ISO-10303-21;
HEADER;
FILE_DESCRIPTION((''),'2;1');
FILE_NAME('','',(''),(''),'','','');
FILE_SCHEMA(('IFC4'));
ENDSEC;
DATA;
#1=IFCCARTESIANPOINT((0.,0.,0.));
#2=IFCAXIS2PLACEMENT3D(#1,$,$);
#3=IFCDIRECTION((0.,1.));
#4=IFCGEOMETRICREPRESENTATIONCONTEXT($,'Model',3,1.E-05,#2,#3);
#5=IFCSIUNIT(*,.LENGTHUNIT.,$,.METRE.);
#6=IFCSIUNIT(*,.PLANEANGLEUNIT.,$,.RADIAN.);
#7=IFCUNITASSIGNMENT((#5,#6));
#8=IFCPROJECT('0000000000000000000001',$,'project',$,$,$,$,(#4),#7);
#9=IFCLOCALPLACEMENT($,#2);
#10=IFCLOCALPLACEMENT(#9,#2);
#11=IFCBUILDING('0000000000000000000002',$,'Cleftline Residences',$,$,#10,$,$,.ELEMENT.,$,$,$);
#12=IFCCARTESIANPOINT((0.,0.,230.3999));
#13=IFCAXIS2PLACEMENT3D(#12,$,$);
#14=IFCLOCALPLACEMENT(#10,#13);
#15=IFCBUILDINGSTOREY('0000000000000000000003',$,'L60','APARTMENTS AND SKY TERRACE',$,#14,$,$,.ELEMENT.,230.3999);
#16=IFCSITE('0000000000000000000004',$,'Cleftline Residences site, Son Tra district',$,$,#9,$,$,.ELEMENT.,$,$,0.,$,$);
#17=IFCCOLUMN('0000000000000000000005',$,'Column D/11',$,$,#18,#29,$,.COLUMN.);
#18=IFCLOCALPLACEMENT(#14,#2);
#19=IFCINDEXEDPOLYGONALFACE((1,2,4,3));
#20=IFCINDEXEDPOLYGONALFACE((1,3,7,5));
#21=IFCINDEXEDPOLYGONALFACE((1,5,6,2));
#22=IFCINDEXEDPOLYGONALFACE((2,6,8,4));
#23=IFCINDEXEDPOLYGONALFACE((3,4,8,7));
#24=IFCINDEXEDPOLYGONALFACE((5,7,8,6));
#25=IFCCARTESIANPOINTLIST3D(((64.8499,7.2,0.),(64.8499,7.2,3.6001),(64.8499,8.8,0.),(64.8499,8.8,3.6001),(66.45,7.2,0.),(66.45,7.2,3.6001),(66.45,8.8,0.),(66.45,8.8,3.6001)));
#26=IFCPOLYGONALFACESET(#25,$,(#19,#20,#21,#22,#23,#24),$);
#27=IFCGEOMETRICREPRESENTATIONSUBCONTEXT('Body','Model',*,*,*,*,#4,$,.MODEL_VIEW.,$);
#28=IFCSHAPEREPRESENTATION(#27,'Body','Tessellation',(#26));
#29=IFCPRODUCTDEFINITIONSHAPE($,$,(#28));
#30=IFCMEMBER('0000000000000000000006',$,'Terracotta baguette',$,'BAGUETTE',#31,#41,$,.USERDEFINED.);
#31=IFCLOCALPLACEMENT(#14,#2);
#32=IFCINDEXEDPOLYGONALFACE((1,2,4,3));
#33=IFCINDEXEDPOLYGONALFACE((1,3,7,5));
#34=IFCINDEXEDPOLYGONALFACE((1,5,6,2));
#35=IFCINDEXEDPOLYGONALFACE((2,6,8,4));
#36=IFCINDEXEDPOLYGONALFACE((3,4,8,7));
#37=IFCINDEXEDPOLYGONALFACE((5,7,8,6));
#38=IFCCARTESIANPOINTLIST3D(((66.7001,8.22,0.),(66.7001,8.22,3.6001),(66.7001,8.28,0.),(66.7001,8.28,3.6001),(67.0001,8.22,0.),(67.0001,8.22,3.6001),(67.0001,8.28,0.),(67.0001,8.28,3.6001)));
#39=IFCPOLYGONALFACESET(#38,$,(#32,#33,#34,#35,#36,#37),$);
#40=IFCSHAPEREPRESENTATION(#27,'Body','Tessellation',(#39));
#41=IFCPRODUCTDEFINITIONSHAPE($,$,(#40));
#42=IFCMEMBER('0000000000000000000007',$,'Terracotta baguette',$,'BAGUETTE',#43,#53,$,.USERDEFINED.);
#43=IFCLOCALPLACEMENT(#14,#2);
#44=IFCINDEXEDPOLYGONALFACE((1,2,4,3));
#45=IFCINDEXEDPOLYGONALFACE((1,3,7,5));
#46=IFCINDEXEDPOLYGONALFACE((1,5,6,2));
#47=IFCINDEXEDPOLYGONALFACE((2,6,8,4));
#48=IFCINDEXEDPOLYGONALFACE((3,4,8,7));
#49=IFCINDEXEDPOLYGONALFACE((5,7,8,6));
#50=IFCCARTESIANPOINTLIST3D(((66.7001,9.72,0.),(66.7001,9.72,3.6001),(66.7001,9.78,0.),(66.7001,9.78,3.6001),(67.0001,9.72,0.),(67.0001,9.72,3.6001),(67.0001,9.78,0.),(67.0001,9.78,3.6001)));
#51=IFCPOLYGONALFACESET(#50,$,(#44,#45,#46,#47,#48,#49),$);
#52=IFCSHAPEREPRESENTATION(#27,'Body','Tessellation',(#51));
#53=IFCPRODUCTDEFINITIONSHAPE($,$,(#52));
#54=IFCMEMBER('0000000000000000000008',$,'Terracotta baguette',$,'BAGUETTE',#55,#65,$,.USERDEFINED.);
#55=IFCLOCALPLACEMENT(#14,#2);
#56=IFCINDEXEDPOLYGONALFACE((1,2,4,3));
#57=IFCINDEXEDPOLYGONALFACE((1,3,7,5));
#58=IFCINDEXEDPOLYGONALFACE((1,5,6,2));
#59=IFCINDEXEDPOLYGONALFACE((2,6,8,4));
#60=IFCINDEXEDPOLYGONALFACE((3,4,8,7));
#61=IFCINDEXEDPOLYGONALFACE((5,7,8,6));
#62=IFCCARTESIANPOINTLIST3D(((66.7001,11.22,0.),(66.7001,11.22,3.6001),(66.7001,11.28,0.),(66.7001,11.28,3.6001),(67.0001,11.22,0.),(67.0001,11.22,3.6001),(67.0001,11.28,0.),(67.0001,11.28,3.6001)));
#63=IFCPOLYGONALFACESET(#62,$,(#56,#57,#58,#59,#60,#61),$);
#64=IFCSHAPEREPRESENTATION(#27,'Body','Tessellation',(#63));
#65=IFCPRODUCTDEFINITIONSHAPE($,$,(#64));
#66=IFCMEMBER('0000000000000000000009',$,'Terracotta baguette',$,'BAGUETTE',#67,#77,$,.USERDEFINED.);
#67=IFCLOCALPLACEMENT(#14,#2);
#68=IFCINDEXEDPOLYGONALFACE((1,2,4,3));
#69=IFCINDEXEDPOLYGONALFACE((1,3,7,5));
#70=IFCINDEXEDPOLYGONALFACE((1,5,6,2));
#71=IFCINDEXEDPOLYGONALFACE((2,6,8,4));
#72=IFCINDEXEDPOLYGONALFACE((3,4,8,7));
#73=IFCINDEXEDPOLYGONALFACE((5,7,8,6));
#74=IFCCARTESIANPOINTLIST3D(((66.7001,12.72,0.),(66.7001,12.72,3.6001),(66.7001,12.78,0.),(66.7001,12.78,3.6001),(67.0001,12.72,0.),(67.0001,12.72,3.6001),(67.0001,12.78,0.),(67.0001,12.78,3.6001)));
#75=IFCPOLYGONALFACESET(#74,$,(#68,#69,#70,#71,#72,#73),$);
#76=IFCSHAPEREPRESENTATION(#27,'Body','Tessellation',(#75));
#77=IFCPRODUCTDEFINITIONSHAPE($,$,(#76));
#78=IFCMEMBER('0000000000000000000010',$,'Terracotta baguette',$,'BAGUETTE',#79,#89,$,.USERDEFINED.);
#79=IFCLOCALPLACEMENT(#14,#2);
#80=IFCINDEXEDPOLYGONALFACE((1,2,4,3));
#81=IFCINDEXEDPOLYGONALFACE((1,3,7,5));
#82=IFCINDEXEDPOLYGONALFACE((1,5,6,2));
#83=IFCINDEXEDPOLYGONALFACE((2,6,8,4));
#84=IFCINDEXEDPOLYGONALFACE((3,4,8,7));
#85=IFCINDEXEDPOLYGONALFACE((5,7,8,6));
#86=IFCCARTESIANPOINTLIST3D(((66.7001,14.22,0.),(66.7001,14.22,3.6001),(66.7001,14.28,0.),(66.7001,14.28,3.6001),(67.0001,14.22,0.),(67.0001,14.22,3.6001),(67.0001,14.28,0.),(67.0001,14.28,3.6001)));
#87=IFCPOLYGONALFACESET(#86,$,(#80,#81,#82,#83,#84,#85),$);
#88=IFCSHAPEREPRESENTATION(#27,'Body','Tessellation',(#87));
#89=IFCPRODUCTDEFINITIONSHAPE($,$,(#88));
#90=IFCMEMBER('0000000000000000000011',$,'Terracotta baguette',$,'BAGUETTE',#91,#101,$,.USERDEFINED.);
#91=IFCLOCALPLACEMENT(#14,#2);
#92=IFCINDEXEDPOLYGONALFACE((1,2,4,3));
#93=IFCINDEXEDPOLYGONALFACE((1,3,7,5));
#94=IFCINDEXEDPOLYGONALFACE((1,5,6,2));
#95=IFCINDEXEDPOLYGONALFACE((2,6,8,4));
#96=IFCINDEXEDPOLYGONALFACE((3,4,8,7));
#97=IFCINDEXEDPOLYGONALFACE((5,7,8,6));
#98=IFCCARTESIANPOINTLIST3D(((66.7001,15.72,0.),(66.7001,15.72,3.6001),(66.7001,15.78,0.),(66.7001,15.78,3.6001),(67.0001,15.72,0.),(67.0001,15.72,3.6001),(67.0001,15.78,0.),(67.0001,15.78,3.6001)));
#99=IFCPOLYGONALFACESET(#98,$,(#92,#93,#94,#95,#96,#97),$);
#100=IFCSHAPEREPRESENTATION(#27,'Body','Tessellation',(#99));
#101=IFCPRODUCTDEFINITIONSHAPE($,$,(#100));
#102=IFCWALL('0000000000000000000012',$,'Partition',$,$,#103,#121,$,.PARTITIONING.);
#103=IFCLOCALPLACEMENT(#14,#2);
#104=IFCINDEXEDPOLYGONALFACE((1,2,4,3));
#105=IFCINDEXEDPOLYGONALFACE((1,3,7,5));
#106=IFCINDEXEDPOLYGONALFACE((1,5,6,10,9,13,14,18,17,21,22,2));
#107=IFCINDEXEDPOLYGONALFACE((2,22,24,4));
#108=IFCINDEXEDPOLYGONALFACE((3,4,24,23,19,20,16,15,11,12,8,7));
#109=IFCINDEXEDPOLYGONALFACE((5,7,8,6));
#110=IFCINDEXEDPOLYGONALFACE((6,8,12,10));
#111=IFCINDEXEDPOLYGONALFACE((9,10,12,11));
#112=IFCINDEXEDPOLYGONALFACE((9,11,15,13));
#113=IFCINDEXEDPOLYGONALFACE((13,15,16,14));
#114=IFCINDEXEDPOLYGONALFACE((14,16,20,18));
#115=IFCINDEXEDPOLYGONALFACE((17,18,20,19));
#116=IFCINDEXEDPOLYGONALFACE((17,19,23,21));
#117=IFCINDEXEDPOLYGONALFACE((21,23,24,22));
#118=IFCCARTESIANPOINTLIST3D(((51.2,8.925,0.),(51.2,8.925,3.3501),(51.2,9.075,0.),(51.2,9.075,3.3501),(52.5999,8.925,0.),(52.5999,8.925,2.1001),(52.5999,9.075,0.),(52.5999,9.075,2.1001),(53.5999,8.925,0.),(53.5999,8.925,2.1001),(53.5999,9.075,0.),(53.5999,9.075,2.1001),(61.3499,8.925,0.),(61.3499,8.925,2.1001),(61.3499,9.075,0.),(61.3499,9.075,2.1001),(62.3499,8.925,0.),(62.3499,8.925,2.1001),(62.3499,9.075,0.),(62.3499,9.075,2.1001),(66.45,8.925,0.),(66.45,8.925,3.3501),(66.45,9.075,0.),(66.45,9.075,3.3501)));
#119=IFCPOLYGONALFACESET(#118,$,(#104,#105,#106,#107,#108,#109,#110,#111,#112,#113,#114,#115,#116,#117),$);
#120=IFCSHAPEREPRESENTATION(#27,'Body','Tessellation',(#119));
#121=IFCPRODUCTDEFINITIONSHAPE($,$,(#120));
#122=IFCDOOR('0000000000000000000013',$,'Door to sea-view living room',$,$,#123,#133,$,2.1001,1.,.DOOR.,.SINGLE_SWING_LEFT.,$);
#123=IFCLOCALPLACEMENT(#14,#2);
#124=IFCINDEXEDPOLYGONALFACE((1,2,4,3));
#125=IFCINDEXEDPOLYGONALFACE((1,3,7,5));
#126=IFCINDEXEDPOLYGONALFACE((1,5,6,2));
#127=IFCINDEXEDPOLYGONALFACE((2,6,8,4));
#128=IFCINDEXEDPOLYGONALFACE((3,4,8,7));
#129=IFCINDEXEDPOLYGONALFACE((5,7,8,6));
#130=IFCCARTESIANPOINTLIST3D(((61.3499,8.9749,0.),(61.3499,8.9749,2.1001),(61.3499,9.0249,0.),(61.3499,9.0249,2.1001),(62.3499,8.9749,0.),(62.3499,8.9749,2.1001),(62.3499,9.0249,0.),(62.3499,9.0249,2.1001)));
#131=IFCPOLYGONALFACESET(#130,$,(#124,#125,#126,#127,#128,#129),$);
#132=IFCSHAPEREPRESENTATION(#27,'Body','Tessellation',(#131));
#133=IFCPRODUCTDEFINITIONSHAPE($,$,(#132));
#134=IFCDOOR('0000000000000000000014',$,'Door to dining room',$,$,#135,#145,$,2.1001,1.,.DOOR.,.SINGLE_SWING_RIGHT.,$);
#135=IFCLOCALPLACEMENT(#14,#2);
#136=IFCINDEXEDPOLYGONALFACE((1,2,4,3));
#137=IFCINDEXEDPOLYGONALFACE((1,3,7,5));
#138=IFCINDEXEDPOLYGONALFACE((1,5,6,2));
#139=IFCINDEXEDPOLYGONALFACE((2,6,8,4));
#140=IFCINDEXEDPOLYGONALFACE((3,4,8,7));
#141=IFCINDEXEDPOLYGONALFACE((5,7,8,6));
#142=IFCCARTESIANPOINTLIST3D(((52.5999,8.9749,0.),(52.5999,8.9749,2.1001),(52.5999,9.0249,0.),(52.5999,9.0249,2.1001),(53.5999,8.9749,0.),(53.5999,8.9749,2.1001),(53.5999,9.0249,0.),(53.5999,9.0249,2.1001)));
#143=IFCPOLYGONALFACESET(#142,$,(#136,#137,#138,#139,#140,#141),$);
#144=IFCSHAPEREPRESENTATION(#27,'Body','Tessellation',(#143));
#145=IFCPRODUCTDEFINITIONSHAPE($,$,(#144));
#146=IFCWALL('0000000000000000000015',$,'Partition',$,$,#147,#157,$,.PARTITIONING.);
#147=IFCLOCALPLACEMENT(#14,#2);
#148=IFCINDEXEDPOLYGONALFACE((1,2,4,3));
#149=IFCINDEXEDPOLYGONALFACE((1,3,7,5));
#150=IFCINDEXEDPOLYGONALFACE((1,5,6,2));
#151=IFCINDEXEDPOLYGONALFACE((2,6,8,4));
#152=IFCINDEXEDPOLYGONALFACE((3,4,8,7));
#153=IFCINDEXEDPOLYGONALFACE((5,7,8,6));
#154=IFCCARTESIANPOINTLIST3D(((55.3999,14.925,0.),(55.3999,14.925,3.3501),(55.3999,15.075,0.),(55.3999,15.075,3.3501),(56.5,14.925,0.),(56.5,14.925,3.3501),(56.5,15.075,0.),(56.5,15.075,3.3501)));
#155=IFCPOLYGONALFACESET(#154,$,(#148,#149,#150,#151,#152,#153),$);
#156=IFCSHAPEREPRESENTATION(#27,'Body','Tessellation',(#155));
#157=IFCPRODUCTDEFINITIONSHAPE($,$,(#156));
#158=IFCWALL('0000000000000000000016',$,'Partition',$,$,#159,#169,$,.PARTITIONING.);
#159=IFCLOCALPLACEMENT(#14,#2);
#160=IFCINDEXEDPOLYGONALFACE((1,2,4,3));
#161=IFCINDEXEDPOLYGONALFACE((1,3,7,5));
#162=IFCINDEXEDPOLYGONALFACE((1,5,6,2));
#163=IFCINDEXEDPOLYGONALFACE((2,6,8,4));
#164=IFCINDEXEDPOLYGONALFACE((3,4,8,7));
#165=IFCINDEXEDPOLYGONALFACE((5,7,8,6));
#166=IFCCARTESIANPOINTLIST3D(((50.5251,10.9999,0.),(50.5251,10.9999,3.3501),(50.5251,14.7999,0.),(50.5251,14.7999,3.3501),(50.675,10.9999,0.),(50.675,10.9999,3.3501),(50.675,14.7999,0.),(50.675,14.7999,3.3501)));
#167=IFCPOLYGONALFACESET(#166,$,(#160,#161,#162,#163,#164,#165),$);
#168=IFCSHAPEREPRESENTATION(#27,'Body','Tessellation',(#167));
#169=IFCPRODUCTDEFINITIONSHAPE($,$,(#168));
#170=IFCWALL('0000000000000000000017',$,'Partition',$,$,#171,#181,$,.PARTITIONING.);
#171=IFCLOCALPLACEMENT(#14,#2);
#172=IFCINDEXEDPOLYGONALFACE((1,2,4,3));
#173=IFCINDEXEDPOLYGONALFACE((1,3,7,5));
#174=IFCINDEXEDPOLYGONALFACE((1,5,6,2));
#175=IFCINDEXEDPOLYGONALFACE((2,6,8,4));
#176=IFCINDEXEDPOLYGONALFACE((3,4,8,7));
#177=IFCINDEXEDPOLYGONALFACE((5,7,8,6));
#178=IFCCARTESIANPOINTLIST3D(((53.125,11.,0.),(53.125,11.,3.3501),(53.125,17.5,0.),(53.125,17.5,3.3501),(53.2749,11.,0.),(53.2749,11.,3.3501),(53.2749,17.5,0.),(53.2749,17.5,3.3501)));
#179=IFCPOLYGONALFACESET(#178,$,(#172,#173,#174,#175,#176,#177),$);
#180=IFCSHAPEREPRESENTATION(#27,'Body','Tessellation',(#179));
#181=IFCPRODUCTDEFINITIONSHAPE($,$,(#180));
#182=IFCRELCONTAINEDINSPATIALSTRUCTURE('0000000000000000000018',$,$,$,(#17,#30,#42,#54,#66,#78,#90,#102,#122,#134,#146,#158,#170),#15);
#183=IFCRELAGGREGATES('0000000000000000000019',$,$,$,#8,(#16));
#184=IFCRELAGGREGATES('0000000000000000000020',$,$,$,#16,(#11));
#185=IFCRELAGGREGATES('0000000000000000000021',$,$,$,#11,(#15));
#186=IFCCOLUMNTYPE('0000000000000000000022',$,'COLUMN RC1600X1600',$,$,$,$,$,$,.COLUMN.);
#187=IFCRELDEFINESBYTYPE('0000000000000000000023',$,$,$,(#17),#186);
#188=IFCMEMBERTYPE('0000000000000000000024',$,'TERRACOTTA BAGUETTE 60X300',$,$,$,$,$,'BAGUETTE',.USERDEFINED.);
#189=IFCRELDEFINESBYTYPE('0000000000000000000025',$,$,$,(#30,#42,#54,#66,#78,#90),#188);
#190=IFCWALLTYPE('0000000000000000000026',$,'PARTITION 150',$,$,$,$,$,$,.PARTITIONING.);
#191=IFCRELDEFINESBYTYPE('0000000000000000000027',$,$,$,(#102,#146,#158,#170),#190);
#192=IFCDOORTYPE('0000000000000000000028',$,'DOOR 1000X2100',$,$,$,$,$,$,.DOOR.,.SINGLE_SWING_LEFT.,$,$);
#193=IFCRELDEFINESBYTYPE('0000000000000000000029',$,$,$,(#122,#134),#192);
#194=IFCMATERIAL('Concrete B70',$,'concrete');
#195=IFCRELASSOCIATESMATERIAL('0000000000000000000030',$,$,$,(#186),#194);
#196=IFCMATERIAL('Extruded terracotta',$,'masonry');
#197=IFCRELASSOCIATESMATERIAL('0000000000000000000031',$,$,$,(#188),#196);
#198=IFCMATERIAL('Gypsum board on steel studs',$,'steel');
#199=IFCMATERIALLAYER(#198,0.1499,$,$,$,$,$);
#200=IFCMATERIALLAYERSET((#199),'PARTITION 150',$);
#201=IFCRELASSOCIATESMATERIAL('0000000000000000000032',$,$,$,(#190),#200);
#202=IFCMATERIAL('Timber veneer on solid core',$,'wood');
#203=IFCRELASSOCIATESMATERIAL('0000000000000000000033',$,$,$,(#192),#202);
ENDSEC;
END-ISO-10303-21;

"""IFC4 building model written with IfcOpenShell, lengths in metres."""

from ifc_helpers import new_model, si_unit, direction, frame, frame_2d, origin, origin_2d, place, context, subcontext, project, spatial, rectangle, extrude, material, layer, layer_set, material_profile, profile_set, type_object, element, fill, save


model = new_model("IFC4")

# Units and contexts
model_context = context("Model", 3, precision=1e-05, world=origin(), true_north=direction((0.0, 1.0)))
body_context = subcontext(model_context, "Body", "Model", "MODEL_VIEW")
ifc_project = project(units=[si_unit("LENGTHUNIT", "METRE"), si_unit("PLANEANGLEUNIT", "RADIAN")], contexts=[model_context])

# Site, building, storey
site_placement = place(None, origin())
site = spatial("IfcSite", under=ifc_project, at=site_placement, Name="Cleftline Residences site, Son Tra district", CompositionType="ELEMENT", RefElevation=0.0)
building_placement = place(site_placement, origin())
building = spatial("IfcBuilding", under=site, at=building_placement, Name="Cleftline Residences", CompositionType="ELEMENT")
storey_placement = place(building_placement, frame((0.0, 0.0, 230.3999)))
storey = spatial("IfcBuildingStorey", under=building, at=storey_placement, Name="L60", Description="APARTMENTS AND SKY TERRACE", CompositionType="ELEMENT", Elevation=230.3999)

# Column
ifc_material_1 = material(Name="Concrete B70", Category="concrete")
ifc_material_profile_1 = material_profile(ifc_material_1, rectangle(XDim=1.6001, YDim=1.6001, at=origin_2d()))
ifc_profile_set_1 = profile_set([ifc_material_profile_1], Name="Concrete B70")
column_type = type_object("IfcColumnType", Name="COLUMN RC1600X1600", PredefinedType="COLUMN", material=ifc_profile_set_1)
column_placement = place(storey_placement, frame((65.6499, 8.0, 0.0), z_axis=(0.0, 0.0, 1.0), x_axis=(1.0, 0.0, 0.0)))
element("IfcColumn", 1, at=column_placement, inside=storey, type_object=column_type, Name="Column D/11", PredefinedType="COLUMN", context=body_context, shape_type="SweptSolid", body=[
    extrude(rectangle(XDim=1.6001, YDim=1.6001, at=origin_2d()), origin(), (0.0, 0.0, 1.0), 3.6001),
])

# Members
ifc_material_2 = material(Name="Extruded terracotta", Category="masonry")
ifc_material_profile_2 = material_profile(ifc_material_2, rectangle(XDim=0.0601, YDim=0.3, at=origin_2d()))
ifc_profile_set_2 = profile_set([ifc_material_profile_2], Name="Extruded terracotta")
member_type = type_object("IfcMemberType", Name="TERRACOTTA BAGUETTE 60X300", ElementType="BAGUETTE", PredefinedType="USERDEFINED", material=ifc_profile_set_2)
for number, where, z_axis, x_axis, name in (
    (2, (66.8501, 8.25, 0.0), (0.0, 0.0, 1.0), (0.0, 1.0, 0.0), "Terracotta baguette"),
    (3, (66.8501, 9.75, 0.0), (0.0, 0.0, 1.0), (0.0, 1.0, 0.0), "Terracotta baguette"),
    (4, (66.8501, 11.25, 0.0), (0.0, 0.0, 1.0), (0.0, 1.0, 0.0), "Terracotta baguette"),
    (5, (66.8501, 12.75, 0.0), (0.0, 0.0, 1.0), (0.0, 1.0, 0.0), "Terracotta baguette"),
    (6, (66.8501, 14.25, 0.0), (0.0, 0.0, 1.0), (0.0, 1.0, 0.0), "Terracotta baguette"),
    (7, (66.8501, 15.75, 0.0), (0.0, 0.0, 1.0), (0.0, 1.0, 0.0), "Terracotta baguette"),
):
    element("IfcMember", number, at=place(storey_placement, frame(where, z_axis=z_axis, x_axis=x_axis)), inside=storey, type_object=member_type, Name=name, ObjectType="BAGUETTE", PredefinedType="USERDEFINED", context=body_context, shape_type="SweptSolid", body=[
        extrude(rectangle(XDim=0.0601, YDim=0.3, at=origin_2d()), origin(), (0.0, 0.0, 1.0), 3.6001),
    ])

# Wall, openings, doors
ifc_material_3 = material(Name="Gypsum board on steel studs", Category="steel")
ifc_layer = layer(ifc_material_3, 0.1499)
ifc_layer_set = layer_set([ifc_layer], Name="PARTITION 150")
wall_type = type_object("IfcWallType", Name="PARTITION 150", PredefinedType="PARTITIONING", material=ifc_layer_set)
wall_1_placement = place(storey_placement, frame((51.2, 9.0, 0.0), z_axis=(0.0, 0.0, 1.0), x_axis=(1.0, 0.0, 0.0)))
wall_1 = element("IfcWall", 8, at=wall_1_placement, inside=storey, type_object=wall_type, Name="Partition", PredefinedType="PARTITIONING", context=body_context, shape_type="SweptSolid", body=[
    extrude(rectangle(XDim=15.25, YDim=0.1499, at=frame_2d((7.625, 0.0))), origin(), (0.0, 0.0, 1.0), 3.3501),
])
opening_1_placement = place(wall_1_placement, frame((10.1499, 0.0, 0.0)))
opening_1 = element("IfcOpeningElement", 9, at=opening_1_placement, cuts=wall_1, PredefinedType="OPENING", context=body_context, shape_type="SweptSolid", body=[
    extrude(rectangle(XDim=1.0, YDim=2.1001, at=frame_2d((0.5, 1.05))), frame((0.0, 0.085, 0.0), z_axis=(0.0, -1.0, 0.0), x_axis=(1.0, 0.0, 0.0)), (0.0, 0.0, 1.0), 0.1699),
])
opening_2_placement = place(wall_1_placement, frame((1.3999, 0.0, 0.0)))
opening_2 = element("IfcOpeningElement", 10, at=opening_2_placement, cuts=wall_1, PredefinedType="OPENING", context=body_context, shape_type="SweptSolid", body=[
    extrude(rectangle(XDim=1.0, YDim=2.1001, at=frame_2d((0.5, 1.05))), frame((0.0, 0.085, 0.0), z_axis=(0.0, -1.0, 0.0), x_axis=(1.0, 0.0, 0.0)), (0.0, 0.0, 1.0), 0.1699),
])
ifc_material_4 = material(Name="Timber veneer on solid core", Category="wood")
door_type_1 = type_object("IfcDoorType", Name="DOOR 1000X2100", OperationType="SINGLE_SWING_LEFT", PredefinedType="DOOR", material=ifc_material_4)
door_1_placement = place(opening_1_placement, origin())
door_1 = element("IfcDoor", 11, at=door_1_placement, inside=storey, type_object=door_type_1, Name="Door to sea-view living room", OperationType="SINGLE_SWING_LEFT", OverallHeight=2.1001, OverallWidth=1.0, PredefinedType="DOOR", context=body_context, shape_type="SweptSolid", body=[
    extrude(rectangle(XDim=1.0, YDim=2.1001, at=frame_2d((0.5, 1.05))), frame((0.0, 0.0249, 0.0), z_axis=(0.0, -1.0, 0.0), x_axis=(1.0, 0.0, 0.0)), (0.0, 0.0, 1.0), 0.05),
])
fill(opening_1, door_1)
door_2_placement = place(opening_2_placement, origin())
door_2 = element("IfcDoor", 12, at=door_2_placement, inside=storey, type_object=door_type_1, Name="Door to dining room", OperationType="SINGLE_SWING_RIGHT", OverallHeight=2.1001, OverallWidth=1.0, PredefinedType="DOOR", context=body_context, shape_type="SweptSolid", body=[
    extrude(rectangle(XDim=1.0, YDim=2.1001, at=frame_2d((0.5, 1.05))), frame((0.0, 0.0249, 0.0), z_axis=(0.0, -1.0, 0.0), x_axis=(1.0, 0.0, 0.0)), (0.0, 0.0, 1.0), 0.05),
])
fill(opening_2, door_2)

# Walls
wall_2_placement = place(storey_placement, frame((55.3999, 15.0, 0.0), z_axis=(0.0, 0.0, 1.0), x_axis=(1.0, 0.0, 0.0)))
element("IfcWall", 13, at=wall_2_placement, inside=storey, type_object=wall_type, Name="Partition", PredefinedType="PARTITIONING", context=body_context, shape_type="SweptSolid", body=[
    extrude(rectangle(XDim=1.1001, YDim=0.1499, at=frame_2d((0.55, 0.0))), origin(), (0.0, 0.0, 1.0), 3.3501),
])
wall_3_placement = place(storey_placement, frame((50.6001, 11.0, 0.0), z_axis=(0.0, 0.0, 1.0), x_axis=(0.0, 1.0, 0.0)))
element("IfcWall", 14, at=wall_3_placement, inside=storey, type_object=wall_type, Name="Partition", PredefinedType="PARTITIONING", context=body_context, shape_type="SweptSolid", body=[
    extrude(rectangle(XDim=3.8, YDim=0.1499, at=frame_2d((1.8999, 0.0))), origin(), (0.0, 0.0, 1.0), 3.3501),
])
wall_4_placement = place(storey_placement, frame((53.2, 11.0, 0.0), z_axis=(0.0, 0.0, 1.0), x_axis=(0.0, 1.0, 0.0)))
element("IfcWall", 15, at=wall_4_placement, inside=storey, type_object=wall_type, Name="Partition", PredefinedType="PARTITIONING", context=body_context, shape_type="SweptSolid", body=[
    extrude(rectangle(XDim=6.5, YDim=0.1499, at=frame_2d((3.25, 0.0))), origin(), (0.0, 0.0, 1.0), 3.3501),
])

save(model, "model.ifc")
